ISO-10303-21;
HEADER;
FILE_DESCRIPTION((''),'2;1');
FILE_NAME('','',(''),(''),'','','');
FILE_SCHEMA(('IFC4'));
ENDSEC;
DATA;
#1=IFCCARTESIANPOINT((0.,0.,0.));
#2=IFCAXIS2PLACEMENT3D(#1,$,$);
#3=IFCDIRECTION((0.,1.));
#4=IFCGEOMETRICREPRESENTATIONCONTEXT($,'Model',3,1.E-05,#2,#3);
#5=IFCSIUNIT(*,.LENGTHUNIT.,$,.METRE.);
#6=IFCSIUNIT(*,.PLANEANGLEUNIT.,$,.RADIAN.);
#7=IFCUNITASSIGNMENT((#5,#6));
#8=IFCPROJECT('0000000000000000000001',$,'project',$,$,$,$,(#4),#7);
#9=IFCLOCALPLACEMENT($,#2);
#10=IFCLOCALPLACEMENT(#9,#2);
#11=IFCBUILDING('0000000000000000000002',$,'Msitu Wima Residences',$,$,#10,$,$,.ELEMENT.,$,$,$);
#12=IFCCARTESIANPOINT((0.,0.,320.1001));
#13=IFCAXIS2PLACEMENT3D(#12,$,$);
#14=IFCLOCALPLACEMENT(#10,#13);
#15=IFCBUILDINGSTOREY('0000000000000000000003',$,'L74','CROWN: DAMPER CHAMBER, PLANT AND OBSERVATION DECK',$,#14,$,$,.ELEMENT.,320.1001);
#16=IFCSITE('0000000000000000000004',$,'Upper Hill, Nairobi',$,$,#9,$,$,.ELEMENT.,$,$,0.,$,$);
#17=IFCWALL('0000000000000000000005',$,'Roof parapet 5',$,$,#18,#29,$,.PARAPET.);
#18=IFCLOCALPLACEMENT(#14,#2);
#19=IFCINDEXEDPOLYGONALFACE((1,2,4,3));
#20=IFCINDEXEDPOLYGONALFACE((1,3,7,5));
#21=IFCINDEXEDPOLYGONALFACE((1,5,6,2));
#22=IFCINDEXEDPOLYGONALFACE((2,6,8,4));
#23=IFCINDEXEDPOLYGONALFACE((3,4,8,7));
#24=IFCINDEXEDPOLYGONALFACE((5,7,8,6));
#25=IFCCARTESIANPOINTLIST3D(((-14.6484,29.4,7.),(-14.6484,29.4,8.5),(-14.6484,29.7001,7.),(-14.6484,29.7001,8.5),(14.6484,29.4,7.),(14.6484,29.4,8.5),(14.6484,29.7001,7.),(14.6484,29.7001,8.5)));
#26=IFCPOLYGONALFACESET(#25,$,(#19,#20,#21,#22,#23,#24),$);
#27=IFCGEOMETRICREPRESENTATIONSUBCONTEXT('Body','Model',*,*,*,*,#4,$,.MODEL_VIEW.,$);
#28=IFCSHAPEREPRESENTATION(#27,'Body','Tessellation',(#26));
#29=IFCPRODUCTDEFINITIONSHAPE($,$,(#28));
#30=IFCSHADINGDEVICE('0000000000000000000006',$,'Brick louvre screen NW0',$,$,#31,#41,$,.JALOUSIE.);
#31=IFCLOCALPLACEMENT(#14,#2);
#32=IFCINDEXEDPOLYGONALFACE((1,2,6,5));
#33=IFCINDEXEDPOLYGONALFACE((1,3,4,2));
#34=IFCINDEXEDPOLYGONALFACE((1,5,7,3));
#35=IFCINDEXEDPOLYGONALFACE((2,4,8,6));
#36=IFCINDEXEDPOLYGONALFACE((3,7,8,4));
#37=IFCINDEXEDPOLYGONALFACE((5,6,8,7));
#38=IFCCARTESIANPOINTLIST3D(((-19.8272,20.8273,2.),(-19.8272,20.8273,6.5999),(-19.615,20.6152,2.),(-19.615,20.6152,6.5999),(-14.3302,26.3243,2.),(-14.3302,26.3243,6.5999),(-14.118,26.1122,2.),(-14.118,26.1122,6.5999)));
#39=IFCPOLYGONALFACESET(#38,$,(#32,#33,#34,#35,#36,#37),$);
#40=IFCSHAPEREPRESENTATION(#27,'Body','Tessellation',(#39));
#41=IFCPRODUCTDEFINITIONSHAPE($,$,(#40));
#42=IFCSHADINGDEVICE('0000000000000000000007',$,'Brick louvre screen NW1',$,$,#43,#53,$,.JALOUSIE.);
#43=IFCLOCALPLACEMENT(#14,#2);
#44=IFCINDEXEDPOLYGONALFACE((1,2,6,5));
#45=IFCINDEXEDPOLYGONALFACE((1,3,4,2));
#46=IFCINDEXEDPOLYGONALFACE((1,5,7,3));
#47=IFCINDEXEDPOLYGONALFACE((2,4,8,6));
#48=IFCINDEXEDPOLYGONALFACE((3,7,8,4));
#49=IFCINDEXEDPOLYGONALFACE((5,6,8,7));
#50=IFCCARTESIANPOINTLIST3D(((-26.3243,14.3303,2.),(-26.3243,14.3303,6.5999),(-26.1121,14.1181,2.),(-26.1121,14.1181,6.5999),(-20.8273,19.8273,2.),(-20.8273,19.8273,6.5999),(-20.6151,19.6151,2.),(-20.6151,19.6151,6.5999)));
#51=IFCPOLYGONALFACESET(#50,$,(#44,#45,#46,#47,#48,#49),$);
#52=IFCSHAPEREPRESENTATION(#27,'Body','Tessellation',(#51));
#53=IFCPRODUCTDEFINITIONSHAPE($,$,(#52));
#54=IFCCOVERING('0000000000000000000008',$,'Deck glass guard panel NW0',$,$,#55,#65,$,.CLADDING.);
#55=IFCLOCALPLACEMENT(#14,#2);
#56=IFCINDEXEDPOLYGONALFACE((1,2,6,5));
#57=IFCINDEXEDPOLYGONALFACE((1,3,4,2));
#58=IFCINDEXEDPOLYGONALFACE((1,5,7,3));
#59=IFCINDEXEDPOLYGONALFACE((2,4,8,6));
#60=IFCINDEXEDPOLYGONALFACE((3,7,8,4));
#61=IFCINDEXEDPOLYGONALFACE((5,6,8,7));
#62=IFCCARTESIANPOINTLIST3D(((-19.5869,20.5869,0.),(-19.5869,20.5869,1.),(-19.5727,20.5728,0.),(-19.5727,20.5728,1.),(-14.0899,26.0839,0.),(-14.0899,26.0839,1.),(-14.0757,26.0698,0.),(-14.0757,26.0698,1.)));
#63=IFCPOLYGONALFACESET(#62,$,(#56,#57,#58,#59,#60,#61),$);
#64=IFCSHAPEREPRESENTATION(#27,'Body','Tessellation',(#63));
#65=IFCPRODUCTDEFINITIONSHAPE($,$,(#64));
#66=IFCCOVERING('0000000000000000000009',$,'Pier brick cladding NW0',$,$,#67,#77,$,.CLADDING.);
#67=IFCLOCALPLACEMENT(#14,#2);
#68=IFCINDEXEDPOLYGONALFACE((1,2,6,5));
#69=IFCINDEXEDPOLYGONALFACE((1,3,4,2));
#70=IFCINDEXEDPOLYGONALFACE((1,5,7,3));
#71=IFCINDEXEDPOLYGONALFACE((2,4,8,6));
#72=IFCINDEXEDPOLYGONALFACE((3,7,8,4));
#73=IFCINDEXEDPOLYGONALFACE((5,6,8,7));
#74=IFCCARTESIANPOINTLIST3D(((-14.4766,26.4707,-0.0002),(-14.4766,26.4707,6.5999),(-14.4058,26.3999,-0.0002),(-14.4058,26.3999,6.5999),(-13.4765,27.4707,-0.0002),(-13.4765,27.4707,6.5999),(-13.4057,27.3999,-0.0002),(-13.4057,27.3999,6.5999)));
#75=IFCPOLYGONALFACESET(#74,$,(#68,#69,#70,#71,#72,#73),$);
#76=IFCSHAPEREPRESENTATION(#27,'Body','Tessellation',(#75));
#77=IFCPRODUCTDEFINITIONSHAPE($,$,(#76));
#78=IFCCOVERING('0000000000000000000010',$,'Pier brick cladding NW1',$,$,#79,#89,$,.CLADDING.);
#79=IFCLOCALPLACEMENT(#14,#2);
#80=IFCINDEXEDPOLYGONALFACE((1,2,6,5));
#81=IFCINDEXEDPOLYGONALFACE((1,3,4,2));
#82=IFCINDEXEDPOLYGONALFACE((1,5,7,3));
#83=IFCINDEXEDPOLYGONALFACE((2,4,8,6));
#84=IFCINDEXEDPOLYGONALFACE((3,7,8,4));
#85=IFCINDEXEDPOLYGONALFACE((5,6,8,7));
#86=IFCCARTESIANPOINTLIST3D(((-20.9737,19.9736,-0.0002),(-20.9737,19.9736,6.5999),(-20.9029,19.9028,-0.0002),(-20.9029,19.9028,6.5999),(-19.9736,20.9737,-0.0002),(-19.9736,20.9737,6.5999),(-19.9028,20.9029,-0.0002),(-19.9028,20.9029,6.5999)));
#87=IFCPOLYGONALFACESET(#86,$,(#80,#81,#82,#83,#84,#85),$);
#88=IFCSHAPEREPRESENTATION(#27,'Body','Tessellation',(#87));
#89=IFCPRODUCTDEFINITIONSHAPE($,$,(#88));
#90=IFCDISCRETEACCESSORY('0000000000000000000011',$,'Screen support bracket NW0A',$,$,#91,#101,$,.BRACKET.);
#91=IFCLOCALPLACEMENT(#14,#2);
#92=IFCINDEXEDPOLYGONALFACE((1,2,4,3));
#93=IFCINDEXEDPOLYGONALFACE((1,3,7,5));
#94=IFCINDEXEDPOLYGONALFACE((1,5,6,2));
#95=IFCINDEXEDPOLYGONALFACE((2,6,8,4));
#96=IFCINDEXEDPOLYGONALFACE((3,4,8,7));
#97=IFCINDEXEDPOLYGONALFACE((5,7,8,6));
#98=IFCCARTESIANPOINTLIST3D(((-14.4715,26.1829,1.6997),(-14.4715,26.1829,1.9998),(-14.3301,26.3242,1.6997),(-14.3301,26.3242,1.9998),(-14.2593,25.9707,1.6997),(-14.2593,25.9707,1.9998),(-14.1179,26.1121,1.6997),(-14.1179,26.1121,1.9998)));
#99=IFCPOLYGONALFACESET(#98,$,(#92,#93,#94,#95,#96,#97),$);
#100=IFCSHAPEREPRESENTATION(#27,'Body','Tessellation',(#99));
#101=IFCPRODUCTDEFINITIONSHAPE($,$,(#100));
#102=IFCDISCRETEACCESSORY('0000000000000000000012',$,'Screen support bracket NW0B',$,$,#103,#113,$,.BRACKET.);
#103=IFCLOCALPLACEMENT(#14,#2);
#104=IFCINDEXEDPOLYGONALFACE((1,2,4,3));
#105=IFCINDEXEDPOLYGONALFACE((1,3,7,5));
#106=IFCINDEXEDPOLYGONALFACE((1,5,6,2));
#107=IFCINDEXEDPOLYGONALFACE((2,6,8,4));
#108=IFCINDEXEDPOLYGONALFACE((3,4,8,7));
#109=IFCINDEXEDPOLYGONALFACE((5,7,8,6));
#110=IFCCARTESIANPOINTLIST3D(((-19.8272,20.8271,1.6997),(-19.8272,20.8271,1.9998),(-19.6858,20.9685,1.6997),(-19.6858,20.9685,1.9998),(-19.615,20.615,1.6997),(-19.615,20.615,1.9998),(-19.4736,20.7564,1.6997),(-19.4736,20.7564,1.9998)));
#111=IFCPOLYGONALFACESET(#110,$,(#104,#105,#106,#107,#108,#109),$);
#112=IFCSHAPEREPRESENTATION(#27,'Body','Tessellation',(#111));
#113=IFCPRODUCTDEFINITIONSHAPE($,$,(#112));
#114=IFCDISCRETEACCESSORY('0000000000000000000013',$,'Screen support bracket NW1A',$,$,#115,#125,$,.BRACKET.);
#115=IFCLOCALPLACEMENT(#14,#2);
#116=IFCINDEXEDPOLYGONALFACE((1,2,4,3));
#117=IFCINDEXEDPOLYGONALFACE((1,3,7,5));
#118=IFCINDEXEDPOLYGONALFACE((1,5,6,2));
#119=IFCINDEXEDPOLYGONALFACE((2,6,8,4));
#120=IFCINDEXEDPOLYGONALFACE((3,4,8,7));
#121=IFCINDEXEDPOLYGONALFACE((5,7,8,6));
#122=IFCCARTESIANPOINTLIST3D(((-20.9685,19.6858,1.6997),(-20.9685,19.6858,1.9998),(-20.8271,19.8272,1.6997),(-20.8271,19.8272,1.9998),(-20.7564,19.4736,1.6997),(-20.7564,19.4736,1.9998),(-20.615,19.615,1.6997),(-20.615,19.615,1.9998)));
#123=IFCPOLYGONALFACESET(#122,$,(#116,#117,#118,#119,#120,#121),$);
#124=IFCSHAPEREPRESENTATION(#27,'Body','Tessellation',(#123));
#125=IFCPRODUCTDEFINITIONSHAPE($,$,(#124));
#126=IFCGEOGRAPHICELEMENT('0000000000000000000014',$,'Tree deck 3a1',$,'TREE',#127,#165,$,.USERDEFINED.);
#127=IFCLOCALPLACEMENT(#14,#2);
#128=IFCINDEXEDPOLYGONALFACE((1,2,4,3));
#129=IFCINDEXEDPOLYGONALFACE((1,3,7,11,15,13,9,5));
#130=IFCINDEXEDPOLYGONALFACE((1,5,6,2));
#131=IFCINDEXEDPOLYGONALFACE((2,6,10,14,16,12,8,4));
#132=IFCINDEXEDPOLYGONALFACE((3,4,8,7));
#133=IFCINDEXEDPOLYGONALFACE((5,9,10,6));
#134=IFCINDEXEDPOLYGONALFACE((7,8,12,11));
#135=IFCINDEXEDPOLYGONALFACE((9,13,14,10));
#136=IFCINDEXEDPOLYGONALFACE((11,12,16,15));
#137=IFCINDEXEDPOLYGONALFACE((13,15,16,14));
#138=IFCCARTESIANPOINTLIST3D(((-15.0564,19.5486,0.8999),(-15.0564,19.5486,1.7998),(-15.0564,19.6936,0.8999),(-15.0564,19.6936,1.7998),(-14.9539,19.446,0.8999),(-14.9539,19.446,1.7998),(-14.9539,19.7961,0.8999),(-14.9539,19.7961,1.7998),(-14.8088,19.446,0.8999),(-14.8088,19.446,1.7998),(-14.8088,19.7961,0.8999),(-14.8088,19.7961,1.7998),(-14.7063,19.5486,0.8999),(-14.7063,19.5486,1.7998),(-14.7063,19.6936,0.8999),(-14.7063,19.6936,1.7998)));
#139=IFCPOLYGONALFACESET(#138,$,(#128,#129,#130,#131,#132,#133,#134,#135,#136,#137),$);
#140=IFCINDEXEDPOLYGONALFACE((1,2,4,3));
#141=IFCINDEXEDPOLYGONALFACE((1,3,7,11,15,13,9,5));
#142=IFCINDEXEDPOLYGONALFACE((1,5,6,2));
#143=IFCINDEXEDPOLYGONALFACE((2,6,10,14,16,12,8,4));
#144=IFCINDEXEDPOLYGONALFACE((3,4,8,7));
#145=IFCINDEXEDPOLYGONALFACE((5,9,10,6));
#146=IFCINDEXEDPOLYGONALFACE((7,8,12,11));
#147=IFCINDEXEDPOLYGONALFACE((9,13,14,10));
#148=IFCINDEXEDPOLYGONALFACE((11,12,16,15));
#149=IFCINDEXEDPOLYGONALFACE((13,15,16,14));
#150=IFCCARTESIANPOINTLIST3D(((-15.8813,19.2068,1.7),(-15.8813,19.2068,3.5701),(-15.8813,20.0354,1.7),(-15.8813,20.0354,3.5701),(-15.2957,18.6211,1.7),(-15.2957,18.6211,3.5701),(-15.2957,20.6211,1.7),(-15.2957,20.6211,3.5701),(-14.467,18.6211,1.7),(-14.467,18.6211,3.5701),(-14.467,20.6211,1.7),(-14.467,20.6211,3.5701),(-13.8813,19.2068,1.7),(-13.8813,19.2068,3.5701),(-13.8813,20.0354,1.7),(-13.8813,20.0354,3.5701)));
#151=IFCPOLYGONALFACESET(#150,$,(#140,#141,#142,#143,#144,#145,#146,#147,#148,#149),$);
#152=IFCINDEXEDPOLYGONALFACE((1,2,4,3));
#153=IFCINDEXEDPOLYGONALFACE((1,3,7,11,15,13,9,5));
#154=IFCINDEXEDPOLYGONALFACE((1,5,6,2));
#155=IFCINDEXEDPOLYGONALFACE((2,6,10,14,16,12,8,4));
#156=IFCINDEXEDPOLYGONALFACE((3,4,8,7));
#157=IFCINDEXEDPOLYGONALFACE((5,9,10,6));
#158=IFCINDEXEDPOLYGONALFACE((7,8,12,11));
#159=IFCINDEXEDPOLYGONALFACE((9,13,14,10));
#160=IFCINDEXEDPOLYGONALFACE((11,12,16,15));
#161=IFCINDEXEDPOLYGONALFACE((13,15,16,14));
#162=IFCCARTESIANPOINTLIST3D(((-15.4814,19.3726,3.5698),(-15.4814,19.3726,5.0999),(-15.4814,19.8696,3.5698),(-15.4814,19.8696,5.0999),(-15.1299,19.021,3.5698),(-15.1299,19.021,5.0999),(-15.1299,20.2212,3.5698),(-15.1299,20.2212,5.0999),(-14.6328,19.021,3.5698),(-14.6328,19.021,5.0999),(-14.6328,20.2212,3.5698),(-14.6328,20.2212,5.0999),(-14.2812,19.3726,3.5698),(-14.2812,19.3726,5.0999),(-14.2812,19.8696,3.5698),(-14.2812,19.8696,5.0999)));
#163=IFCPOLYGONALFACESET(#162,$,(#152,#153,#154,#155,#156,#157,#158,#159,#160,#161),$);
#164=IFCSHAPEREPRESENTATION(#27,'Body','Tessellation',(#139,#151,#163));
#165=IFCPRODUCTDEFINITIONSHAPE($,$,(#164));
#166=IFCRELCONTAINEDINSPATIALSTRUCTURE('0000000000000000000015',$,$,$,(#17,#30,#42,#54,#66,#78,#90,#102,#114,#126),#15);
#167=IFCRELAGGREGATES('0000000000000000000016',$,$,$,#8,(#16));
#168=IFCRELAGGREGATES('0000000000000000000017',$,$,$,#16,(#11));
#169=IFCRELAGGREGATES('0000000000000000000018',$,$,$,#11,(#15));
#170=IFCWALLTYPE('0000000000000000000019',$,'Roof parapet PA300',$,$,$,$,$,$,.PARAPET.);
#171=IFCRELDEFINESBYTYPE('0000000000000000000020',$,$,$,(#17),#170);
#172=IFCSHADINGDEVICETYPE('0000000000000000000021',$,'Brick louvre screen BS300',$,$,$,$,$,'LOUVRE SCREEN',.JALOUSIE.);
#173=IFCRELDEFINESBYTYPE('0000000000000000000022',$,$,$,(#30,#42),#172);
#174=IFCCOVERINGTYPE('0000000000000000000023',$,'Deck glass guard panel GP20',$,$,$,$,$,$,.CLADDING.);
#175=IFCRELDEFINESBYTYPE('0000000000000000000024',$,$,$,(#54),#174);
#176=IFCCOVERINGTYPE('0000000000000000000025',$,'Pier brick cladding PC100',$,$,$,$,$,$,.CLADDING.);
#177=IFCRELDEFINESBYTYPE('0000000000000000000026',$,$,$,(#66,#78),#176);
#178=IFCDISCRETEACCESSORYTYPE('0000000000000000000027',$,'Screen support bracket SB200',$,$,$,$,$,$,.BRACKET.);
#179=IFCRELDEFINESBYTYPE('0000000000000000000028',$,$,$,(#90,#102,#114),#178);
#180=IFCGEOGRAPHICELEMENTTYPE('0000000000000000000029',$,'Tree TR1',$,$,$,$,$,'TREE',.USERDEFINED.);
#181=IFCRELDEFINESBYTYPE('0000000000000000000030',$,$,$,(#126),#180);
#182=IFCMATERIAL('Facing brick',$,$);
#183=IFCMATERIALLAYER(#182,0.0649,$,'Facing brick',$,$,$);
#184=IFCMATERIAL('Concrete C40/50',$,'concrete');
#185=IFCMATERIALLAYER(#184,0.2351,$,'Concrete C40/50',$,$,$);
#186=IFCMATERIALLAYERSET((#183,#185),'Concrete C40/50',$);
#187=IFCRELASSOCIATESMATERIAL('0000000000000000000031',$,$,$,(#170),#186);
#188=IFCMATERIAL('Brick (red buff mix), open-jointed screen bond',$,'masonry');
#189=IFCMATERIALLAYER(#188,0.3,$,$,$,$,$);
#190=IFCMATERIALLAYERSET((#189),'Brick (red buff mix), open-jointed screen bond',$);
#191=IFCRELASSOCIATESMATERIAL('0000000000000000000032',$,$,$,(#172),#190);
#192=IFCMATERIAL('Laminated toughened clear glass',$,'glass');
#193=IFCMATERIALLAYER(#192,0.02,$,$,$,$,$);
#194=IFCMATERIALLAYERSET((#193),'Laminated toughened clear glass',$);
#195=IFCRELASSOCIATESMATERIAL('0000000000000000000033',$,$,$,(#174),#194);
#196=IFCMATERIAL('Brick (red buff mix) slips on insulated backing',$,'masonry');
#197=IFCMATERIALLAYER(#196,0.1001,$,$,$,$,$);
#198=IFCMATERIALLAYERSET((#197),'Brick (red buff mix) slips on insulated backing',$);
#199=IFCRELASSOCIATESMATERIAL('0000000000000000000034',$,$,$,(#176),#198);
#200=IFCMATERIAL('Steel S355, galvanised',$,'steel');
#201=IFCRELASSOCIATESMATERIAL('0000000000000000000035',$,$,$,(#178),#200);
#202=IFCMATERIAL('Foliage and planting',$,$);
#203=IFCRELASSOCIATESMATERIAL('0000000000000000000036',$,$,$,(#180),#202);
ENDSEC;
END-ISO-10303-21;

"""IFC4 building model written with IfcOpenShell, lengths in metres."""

from ifc_helpers import new_model, si_unit, direction, frame, frame_2d, origin, origin_2d, place, context, subcontext, project, spatial, polyline, rectangle, outline, extrude, material, layer, layer_set, type_object, element, save


model = new_model("IFC4")

# Units and contexts
model_context = context("Model", 3, precision=1e-05, world=origin(), true_north=direction((0.0, 1.0)))
body_context = subcontext(model_context, "Body", "Model", "MODEL_VIEW")
ifc_project = project(units=[si_unit("LENGTHUNIT", "METRE"), si_unit("PLANEANGLEUNIT", "RADIAN")], contexts=[model_context])

# Site, building, storey
site_placement = place(None, origin())
site = spatial("IfcSite", under=ifc_project, at=site_placement, Name="Upper Hill, Nairobi", CompositionType="ELEMENT", RefElevation=0.0)
building_placement = place(site_placement, origin())
building = spatial("IfcBuilding", under=site, at=building_placement, Name="Msitu Wima Residences", CompositionType="ELEMENT")
storey_placement = place(building_placement, frame((0.0, 0.0, 320.1001)))
storey = spatial("IfcBuildingStorey", under=building, at=storey_placement, Name="L74", Description="CROWN: DAMPER CHAMBER, PLANT AND OBSERVATION DECK", CompositionType="ELEMENT", Elevation=320.1001)

# Wall
ifc_material_1 = material(Name="Facing brick")
ifc_layer_1 = layer(ifc_material_1, 0.0649, Name="Facing brick")
ifc_material_2 = material(Name="Concrete C40/50", Category="concrete")
ifc_layer_2 = layer(ifc_material_2, 0.2351, Name="Concrete C40/50")
ifc_layer_set_1 = layer_set([ifc_layer_1, ifc_layer_2], Name="Concrete C40/50")
wall_type = type_object("IfcWallType", Name="Roof parapet PA300", PredefinedType="PARAPET", material=ifc_layer_set_1)
wall_placement = place(storey_placement, frame((-14.6484, 29.55, 7.0), z_axis=(0.0, 0.0, 1.0), x_axis=(1.0, 0.0, 0.0)))
element("IfcWall", 1, at=wall_placement, inside=storey, type_object=wall_type, Name="Roof parapet 5", PredefinedType="PARAPET", context=body_context, shape_type="SweptSolid", body=[
    extrude(rectangle(XDim=29.2969, YDim=0.3, at=frame_2d((14.6484, 0.0))), origin(), (0.0, 0.0, 1.0), 1.5),
])

# Shading devices
ifc_material_3 = material(Name="Brick (red buff mix), open-jointed screen bond", Category="masonry")
ifc_layer_3 = layer(ifc_material_3, 0.3)
ifc_layer_set_2 = layer_set([ifc_layer_3], Name="Brick (red buff mix), open-jointed screen bond")
shading_device_type = type_object("IfcShadingDeviceType", Name="Brick louvre screen BS300", ElementType="LOUVRE SCREEN", PredefinedType="JALOUSIE", material=ifc_layer_set_2)
for number, where, z_axis, x_axis, name in (
    (2, (-14.2241, 26.2183, 2.0), (0.0, 0.0, 1.0), (-0.707107, -0.707107, 0.0), "Brick louvre screen NW0"),
    (3, (-20.7212, 19.7212, 2.0), (0.0, 0.0, 1.0), (-0.707107, -0.707107, 0.0), "Brick louvre screen NW1"),
):
    element("IfcShadingDevice", number, at=place(storey_placement, frame(where, z_axis=z_axis, x_axis=x_axis)), inside=storey, type_object=shading_device_type, Name=name, PredefinedType="JALOUSIE", context=body_context, shape_type="SweptSolid", body=[
        extrude(rectangle(XDim=7.7739, YDim=0.3, at=frame_2d((3.887, 0.0))), origin(), (0.0, 0.0, 1.0), 4.5999),
    ])

# Coverings
ifc_material_4 = material(Name="Laminated toughened clear glass", Category="glass")
ifc_layer_4 = layer(ifc_material_4, 0.02)
ifc_layer_set_3 = layer_set([ifc_layer_4], Name="Laminated toughened clear glass")
covering_type_1 = type_object("IfcCoveringType", Name="Deck glass guard panel GP20", PredefinedType="CLADDING", material=ifc_layer_set_3)
covering_placement = place(storey_placement, frame((-16.8313, 23.3284, 0.0), z_axis=(0.0, 0.0, 1.0), x_axis=(-0.707107, -0.707107, 0.0)))
element("IfcCovering", 4, at=covering_placement, inside=storey, type_object=covering_type_1, Name="Deck glass guard panel NW0", PredefinedType="CLADDING", context=body_context, shape_type="SweptSolid", body=[
    extrude(rectangle(XDim=7.7739, YDim=0.02, at=origin_2d()), origin(), (0.0, 0.0, 1.0), 1.0),
])
ifc_material_5 = material(Name="Brick (red buff mix) slips on insulated backing", Category="masonry")
ifc_layer_5 = layer(ifc_material_5, 0.1001)
ifc_layer_set_4 = layer_set([ifc_layer_5], Name="Brick (red buff mix) slips on insulated backing")
covering_type_2 = type_object("IfcCoveringType", Name="Pier brick cladding PC100", PredefinedType="CLADDING", material=ifc_layer_set_4)
for number, where, z_axis, x_axis, name in (
    (5, (-13.9412, 26.9353, -0.0002), (0.0, 0.0, 1.0), (-0.707107, -0.707107, 0.0), "Pier brick cladding NW0"),
    (6, (-20.4382, 20.4382, -0.0002), (0.0, 0.0, 1.0), (-0.707107, -0.707107, 0.0), "Pier brick cladding NW1"),
):
    element("IfcCovering", number, at=place(storey_placement, frame(where, z_axis=z_axis, x_axis=x_axis)), inside=storey, type_object=covering_type_2, Name=name, PredefinedType="CLADDING", context=body_context, shape_type="SweptSolid", body=[
        extrude(rectangle(XDim=1.4143, YDim=0.1001, at=origin_2d()), origin(), (0.0, 0.0, 1.0), 6.6001),
    ])

# Discrete accessories
ifc_material_6 = material(Name="Steel S355, galvanised", Category="steel")
discrete_accessory_type = type_object("IfcDiscreteAccessoryType", Name="Screen support bracket SB200", PredefinedType="BRACKET", material=ifc_material_6)
for number, where, z_axis, x_axis, name in (
    (7, (-14.2947, 26.1475, 1.6997), (0.0, 0.0, 1.0), (-0.707107, -0.707107, 0.0), "Screen support bracket NW0A"),
    (8, (-19.6504, 20.7917, 1.6997), (0.0, 0.0, 1.0), (-0.707107, -0.707107, 0.0), "Screen support bracket NW0B"),
    (9, (-20.7917, 19.6504, 1.6997), (0.0, 0.0, 1.0), (-0.707107, -0.707107, 0.0), "Screen support bracket NW1A"),
):
    element("IfcDiscreteAccessory", number, at=place(storey_placement, frame(where, z_axis=z_axis, x_axis=x_axis)), inside=storey, type_object=discrete_accessory_type, Name=name, PredefinedType="BRACKET", context=body_context, shape_type="SweptSolid", body=[
        extrude(rectangle(XDim=0.2, YDim=0.3, at=origin_2d()), origin(), (0.0, 0.0, 1.0), 0.3),
    ])

# Geographic element
ifc_material_7 = material(Name="Foliage and planting")
geographic_element_type = type_object("IfcGeographicElementType", Name="Tree TR1", ElementType="TREE", PredefinedType="USERDEFINED", material=ifc_material_7)
geographic_element_placement = place(storey_placement, frame((-14.8813, 19.6211, 0.8999), z_axis=(0.0, 0.0, 1.0), x_axis=(1.0, 0.0, 0.0)))
element("IfcGeographicElement", 10, at=geographic_element_placement, inside=storey, type_object=geographic_element_type, Name="Tree deck 3a1", ObjectType="TREE", PredefinedType="USERDEFINED", context=body_context, shape_type="SweptSolid", body=[
    extrude(outline(polyline([(0.175, 0.0725), (0.0725, 0.175), (-0.0725, 0.175), (-0.175, 0.0725), (-0.175, -0.0725), (-0.0725, -0.175), (0.0725, -0.175), (0.175, -0.0725), (0.175, 0.0725)])), origin(), (0.0, 0.0, 1.0), 0.8999),
    extrude(outline(polyline([(1.0, 0.4143), (0.4143, 1.0), (-0.4143, 1.0), (-1.0, 0.4143), (-1.0, -0.4143), (-0.4143, -1.0), (0.4143, -1.0), (1.0, -0.4143), (1.0, 0.4143)])), frame((0.0, 0.0, 0.8)), (0.0, 0.0, 1.0), 1.8701),
    extrude(outline(polyline([(0.6001, 0.2485), (0.2485, 0.6001), (-0.2485, 0.6001), (-0.6001, 0.2485), (-0.6001, -0.2485), (-0.2485, -0.6001), (0.2485, -0.6001), (0.6001, -0.2485), (0.6001, 0.2485)])), frame((0.0, 0.0, 2.6699)), (0.0, 0.0, 1.0), 1.53),
])

save(model, "model.ifc")
